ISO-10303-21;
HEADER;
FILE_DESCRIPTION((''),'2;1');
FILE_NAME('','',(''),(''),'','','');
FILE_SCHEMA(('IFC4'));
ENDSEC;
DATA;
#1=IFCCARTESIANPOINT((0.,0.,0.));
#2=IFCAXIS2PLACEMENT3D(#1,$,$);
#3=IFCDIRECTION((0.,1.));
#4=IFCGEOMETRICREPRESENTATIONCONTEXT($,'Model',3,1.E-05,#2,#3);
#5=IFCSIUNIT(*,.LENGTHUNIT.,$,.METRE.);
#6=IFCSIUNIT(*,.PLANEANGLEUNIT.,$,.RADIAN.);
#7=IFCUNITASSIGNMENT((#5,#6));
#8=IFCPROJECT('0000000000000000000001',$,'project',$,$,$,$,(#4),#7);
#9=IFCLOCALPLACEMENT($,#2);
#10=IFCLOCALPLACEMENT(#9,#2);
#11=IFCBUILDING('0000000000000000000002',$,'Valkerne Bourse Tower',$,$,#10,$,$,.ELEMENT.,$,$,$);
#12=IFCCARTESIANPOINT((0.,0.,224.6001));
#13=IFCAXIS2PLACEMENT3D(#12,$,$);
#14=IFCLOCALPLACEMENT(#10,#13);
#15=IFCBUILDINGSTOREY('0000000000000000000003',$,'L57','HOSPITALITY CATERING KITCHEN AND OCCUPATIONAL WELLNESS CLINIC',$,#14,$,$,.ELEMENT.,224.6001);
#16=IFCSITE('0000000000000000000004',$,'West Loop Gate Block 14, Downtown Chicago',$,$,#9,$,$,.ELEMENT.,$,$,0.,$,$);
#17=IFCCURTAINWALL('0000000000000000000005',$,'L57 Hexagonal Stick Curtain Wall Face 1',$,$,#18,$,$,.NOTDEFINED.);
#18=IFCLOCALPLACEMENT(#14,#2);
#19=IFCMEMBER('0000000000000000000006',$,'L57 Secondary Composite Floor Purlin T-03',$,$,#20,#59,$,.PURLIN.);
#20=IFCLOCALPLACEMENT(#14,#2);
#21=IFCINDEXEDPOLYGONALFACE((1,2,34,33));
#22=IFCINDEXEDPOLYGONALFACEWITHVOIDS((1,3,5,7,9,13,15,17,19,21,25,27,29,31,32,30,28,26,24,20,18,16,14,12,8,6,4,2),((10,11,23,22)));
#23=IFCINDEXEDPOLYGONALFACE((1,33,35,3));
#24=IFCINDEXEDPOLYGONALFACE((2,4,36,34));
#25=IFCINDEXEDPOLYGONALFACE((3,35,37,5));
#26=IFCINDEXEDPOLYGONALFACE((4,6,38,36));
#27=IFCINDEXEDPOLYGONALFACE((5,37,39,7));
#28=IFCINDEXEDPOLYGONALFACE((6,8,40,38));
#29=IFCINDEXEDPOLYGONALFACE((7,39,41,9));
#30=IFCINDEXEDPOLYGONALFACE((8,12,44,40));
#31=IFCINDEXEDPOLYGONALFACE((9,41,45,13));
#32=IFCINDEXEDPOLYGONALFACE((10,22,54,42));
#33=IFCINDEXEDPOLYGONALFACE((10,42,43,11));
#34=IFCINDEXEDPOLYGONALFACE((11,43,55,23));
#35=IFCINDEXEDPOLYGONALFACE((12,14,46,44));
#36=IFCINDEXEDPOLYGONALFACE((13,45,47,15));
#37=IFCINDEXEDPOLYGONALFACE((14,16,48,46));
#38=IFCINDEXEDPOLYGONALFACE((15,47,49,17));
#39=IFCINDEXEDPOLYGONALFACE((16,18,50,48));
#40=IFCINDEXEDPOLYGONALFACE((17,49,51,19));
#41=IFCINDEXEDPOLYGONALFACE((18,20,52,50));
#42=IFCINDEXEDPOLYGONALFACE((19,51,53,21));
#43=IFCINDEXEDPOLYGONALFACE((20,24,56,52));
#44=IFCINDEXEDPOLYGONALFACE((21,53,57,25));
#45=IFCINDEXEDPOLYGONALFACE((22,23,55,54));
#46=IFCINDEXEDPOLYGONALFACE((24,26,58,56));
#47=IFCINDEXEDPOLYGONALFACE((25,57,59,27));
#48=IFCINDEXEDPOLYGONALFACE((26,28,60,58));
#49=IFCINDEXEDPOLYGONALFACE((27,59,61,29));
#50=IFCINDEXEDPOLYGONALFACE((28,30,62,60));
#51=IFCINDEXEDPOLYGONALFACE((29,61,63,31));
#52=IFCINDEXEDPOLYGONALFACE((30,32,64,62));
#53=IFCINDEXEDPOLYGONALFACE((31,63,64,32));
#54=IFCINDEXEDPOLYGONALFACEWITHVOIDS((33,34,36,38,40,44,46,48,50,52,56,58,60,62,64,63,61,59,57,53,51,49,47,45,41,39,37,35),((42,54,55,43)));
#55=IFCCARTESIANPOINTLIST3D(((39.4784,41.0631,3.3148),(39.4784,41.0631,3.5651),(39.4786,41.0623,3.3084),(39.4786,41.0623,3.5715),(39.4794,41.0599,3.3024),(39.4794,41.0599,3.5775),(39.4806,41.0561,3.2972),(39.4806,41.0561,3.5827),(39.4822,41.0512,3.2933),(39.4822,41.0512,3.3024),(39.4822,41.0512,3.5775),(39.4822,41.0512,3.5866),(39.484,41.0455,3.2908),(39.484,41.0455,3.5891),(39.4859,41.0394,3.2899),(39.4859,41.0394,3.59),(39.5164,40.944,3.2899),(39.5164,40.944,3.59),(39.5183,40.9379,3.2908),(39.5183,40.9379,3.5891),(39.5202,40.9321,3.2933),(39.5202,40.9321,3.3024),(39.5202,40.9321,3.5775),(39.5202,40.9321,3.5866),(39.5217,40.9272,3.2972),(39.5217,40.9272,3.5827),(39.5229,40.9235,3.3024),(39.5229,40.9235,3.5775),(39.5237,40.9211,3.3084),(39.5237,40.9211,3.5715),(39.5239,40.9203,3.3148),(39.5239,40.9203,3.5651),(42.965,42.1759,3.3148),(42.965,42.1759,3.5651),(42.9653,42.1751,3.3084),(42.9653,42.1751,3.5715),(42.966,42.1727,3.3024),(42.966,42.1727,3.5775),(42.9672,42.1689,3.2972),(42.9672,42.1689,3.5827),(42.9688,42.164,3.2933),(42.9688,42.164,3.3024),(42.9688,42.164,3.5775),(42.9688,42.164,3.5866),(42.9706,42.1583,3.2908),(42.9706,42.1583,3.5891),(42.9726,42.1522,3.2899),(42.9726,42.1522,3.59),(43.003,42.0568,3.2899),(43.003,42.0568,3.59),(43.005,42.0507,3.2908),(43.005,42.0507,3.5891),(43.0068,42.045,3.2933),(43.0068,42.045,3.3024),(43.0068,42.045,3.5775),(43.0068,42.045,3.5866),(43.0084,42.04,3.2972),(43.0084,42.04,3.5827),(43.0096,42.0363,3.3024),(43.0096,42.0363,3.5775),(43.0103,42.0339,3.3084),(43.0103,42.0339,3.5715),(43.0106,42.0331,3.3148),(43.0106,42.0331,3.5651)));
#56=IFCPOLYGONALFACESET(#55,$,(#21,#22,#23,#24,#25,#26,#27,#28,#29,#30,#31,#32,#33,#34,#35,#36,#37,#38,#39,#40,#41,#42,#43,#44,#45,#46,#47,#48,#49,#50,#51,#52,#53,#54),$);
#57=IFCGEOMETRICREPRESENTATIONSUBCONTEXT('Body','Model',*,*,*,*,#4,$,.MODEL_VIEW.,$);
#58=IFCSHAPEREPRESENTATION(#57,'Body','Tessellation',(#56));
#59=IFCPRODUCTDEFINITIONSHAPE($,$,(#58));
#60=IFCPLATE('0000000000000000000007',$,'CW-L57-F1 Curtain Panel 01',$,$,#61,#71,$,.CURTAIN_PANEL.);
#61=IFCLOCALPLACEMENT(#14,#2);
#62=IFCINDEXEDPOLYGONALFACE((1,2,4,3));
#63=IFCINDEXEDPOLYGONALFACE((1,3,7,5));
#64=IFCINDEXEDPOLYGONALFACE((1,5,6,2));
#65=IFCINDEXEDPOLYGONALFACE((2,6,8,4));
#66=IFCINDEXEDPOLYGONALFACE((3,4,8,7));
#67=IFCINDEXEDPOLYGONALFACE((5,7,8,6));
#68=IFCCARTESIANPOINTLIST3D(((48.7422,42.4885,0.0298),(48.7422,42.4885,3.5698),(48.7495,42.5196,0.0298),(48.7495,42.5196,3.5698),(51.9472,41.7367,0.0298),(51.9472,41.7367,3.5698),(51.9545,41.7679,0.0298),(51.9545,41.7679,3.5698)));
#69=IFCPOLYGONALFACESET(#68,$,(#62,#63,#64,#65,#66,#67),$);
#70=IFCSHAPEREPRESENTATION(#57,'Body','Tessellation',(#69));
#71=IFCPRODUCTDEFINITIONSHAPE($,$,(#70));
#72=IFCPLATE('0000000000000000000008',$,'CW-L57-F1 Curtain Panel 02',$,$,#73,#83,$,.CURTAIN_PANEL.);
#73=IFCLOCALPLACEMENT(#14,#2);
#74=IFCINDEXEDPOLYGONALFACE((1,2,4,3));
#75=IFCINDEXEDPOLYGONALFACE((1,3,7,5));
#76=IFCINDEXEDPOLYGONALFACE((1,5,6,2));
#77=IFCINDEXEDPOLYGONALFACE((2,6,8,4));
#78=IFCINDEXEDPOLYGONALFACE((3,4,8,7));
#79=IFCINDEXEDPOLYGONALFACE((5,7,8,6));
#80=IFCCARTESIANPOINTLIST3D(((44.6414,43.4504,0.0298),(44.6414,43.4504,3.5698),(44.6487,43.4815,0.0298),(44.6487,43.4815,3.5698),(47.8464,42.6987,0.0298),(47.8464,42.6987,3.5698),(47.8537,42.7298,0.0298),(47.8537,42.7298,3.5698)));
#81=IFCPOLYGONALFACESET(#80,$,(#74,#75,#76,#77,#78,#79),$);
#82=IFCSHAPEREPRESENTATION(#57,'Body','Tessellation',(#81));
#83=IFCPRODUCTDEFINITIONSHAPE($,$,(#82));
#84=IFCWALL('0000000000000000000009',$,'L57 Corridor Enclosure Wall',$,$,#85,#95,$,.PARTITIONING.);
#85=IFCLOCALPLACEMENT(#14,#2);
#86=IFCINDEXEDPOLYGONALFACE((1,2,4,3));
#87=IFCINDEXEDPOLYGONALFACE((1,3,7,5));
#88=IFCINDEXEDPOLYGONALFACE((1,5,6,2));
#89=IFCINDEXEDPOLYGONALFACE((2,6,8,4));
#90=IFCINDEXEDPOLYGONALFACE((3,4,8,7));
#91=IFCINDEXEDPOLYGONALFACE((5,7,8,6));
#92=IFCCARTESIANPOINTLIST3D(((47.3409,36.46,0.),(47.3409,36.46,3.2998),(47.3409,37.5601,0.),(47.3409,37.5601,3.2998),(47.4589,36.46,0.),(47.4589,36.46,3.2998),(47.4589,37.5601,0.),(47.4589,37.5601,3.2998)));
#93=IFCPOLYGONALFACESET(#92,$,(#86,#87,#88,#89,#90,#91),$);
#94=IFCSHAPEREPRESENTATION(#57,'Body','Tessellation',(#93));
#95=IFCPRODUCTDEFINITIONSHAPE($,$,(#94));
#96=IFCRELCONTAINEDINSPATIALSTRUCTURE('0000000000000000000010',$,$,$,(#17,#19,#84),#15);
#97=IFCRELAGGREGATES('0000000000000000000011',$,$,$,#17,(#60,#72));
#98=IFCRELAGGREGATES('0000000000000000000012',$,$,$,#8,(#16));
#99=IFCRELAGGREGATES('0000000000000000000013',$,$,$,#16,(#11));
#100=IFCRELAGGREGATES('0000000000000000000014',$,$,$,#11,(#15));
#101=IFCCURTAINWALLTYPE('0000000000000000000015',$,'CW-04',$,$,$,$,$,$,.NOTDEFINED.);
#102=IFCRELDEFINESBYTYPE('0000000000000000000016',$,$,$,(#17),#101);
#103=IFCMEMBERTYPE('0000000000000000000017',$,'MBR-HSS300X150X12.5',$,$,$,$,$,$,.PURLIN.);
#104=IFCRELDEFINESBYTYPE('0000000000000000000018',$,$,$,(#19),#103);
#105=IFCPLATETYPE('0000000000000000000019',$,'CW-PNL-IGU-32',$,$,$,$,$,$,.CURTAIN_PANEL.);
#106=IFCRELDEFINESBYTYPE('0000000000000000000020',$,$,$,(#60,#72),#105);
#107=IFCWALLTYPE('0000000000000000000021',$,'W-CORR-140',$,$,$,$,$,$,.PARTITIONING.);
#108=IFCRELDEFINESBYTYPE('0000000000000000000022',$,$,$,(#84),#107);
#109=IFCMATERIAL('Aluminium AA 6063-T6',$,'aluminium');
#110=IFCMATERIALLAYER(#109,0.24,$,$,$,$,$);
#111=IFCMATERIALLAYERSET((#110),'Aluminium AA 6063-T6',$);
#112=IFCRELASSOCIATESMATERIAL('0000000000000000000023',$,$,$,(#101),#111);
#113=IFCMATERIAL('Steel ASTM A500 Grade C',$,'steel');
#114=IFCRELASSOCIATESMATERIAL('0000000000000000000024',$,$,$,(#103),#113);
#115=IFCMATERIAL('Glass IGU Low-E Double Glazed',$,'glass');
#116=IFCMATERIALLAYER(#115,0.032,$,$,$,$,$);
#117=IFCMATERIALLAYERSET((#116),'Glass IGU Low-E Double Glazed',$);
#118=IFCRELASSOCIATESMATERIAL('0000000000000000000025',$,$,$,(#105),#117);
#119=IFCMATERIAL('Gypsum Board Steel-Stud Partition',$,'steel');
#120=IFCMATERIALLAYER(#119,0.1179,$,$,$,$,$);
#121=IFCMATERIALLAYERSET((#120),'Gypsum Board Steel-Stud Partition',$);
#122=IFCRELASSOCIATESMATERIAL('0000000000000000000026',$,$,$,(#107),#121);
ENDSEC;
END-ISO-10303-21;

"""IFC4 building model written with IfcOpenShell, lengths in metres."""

from ifc_helpers import new_model, si_unit, direction, frame, frame_2d, origin, origin_2d, place, context, subcontext, project, spatial, rectangle, hollow_rectangle, extrude, material, layer, layer_set, material_profile, profile_set, type_object, element, aggregate, save


model = new_model("IFC4")

# Units and contexts
model_context = context("Model", 3, precision=1e-05, world=origin(), true_north=direction((0.0, 1.0)))
body_context = subcontext(model_context, "Body", "Model", "MODEL_VIEW")
ifc_project = project(units=[si_unit("LENGTHUNIT", "METRE"), si_unit("PLANEANGLEUNIT", "RADIAN")], contexts=[model_context])

# Site, building, storey
site_placement = place(None, origin())
site = spatial("IfcSite", under=ifc_project, at=site_placement, Name="West Loop Gate Block 14, Downtown Chicago", CompositionType="ELEMENT", RefElevation=0.0)
building_placement = place(site_placement, origin())
building = spatial("IfcBuilding", under=site, at=building_placement, Name="Valkerne Bourse Tower", CompositionType="ELEMENT")
storey_placement = place(building_placement, frame((0.0, 0.0, 224.6001)))
storey = spatial("IfcBuildingStorey", under=building, at=storey_placement, Name="L57", Description="HOSPITALITY CATERING KITCHEN AND OCCUPATIONAL WELLNESS CLINIC", CompositionType="ELEMENT", Elevation=224.6001)

# Curtain wall
ifc_material_1 = material(Name="Aluminium AA 6063-T6", Category="aluminium")
ifc_layer_1 = layer(ifc_material_1, 0.24)
ifc_layer_set_1 = layer_set([ifc_layer_1], Name="Aluminium AA 6063-T6")
curtain_wall_type = type_object("IfcCurtainWallType", Name="CW-04", PredefinedType="NOTDEFINED", material=ifc_layer_set_1)
curtain_wall_1_placement = place(storey_placement, origin())
curtain_wall_1 = element("IfcCurtainWall", 1, at=curtain_wall_1_placement, inside=storey, type_object=curtain_wall_type, Name="L57 Hexagonal Stick Curtain Wall Face 1", PredefinedType="NOTDEFINED")

# Member
ifc_material_2 = material(Name="Steel ASTM A500 Grade C", Category="steel")
ifc_material_profile_1 = material_profile(ifc_material_2, hollow_rectangle(XDim=0.1499, YDim=0.3, WallThickness=0.0125, OuterFilletRadius=0.0249, at=origin_2d()), Name="HSS300X150X12.5")
ifc_profile_set_1 = profile_set([ifc_material_profile_1], Name="Steel ASTM A500 Grade C")
member_type_1 = type_object("IfcMemberType", Name="MBR-HSS300X150X12.5", PredefinedType="PURLIN", material=ifc_profile_set_1)
member_1_placement = place(storey_placement, frame((42.9878, 42.1045, 3.4399), z_axis=(-0.952655, -0.304054, 0.0), x_axis=(0.304054, -0.952655, 0.0)))
element("IfcMember", 2, at=member_1_placement, inside=storey, type_object=member_type_1, Name="L57 Secondary Composite Floor Purlin T-03", PredefinedType="PURLIN", context=body_context, shape_type="SweptSolid", body=[
    extrude(hollow_rectangle(XDim=0.1499, YDim=0.3, WallThickness=0.0125, OuterFilletRadius=0.0249, at=origin_2d()), origin(), (0.0, 0.0, 1.0), 3.6599),
])

# Plates
ifc_material_3 = material(Name="Glass IGU Low-E Double Glazed", Category="glass")
ifc_layer_2 = layer(ifc_material_3, 0.032)
ifc_layer_set_2 = layer_set([ifc_layer_2], Name="Glass IGU Low-E Double Glazed")
plate_type = type_object("IfcPlateType", Name="CW-PNL-IGU-32", PredefinedType="CURTAIN_PANEL", material=ifc_layer_set_2)
plate_1_placement = place(storey_placement, frame((50.3484, 42.1282, 0.0298), z_axis=(0.0, 0.0, 1.0), x_axis=(-0.973579, 0.228349, 0.0)))
plate_1 = element("IfcPlate", 3, at=plate_1_placement, type_object=plate_type, Name="CW-L57-F1 Curtain Panel 01", PredefinedType="CURTAIN_PANEL", context=body_context, shape_type="SweptSolid", body=[
    extrude(rectangle(XDim=3.292, YDim=0.032, at=origin_2d()), origin(), (0.0, 0.0, 1.0), 3.54),
])
plate_2_placement = place(storey_placement, frame((46.2476, 43.0901, 0.0298), z_axis=(0.0, 0.0, 1.0), x_axis=(-0.973579, 0.228349, 0.0)))
plate_2 = element("IfcPlate", 4, at=plate_2_placement, type_object=plate_type, Name="CW-L57-F1 Curtain Panel 02", PredefinedType="CURTAIN_PANEL", context=body_context, shape_type="SweptSolid", body=[
    extrude(rectangle(XDim=3.292, YDim=0.032, at=origin_2d()), origin(), (0.0, 0.0, 1.0), 3.54),
])
aggregate(curtain_wall_1, [plate_1, plate_2])

# Wall
ifc_material_4 = material(Name="Gypsum Board Steel-Stud Partition", Category="steel")
ifc_layer_3 = layer(ifc_material_4, 0.1179)
ifc_layer_set_3 = layer_set([ifc_layer_3], Name="Gypsum Board Steel-Stud Partition")
wall_type = type_object("IfcWallType", Name="W-CORR-140", PredefinedType="PARTITIONING", material=ifc_layer_set_3)
wall_placement = place(storey_placement, frame((47.3999, 37.5601, 0.0), z_axis=(0.0, 0.0, 1.0), x_axis=(0.0, -1.0, 0.0)))
element("IfcWall", 5, at=wall_placement, inside=storey, type_object=wall_type, Name="L57 Corridor Enclosure Wall", PredefinedType="PARTITIONING", context=body_context, shape_type="SweptSolid", body=[
    extrude(rectangle(XDim=1.1001, YDim=0.1179, at=frame_2d((0.55, 0.0))), origin(), (0.0, 0.0, 1.0), 3.2998),
])

save(model, "model.ifc")
